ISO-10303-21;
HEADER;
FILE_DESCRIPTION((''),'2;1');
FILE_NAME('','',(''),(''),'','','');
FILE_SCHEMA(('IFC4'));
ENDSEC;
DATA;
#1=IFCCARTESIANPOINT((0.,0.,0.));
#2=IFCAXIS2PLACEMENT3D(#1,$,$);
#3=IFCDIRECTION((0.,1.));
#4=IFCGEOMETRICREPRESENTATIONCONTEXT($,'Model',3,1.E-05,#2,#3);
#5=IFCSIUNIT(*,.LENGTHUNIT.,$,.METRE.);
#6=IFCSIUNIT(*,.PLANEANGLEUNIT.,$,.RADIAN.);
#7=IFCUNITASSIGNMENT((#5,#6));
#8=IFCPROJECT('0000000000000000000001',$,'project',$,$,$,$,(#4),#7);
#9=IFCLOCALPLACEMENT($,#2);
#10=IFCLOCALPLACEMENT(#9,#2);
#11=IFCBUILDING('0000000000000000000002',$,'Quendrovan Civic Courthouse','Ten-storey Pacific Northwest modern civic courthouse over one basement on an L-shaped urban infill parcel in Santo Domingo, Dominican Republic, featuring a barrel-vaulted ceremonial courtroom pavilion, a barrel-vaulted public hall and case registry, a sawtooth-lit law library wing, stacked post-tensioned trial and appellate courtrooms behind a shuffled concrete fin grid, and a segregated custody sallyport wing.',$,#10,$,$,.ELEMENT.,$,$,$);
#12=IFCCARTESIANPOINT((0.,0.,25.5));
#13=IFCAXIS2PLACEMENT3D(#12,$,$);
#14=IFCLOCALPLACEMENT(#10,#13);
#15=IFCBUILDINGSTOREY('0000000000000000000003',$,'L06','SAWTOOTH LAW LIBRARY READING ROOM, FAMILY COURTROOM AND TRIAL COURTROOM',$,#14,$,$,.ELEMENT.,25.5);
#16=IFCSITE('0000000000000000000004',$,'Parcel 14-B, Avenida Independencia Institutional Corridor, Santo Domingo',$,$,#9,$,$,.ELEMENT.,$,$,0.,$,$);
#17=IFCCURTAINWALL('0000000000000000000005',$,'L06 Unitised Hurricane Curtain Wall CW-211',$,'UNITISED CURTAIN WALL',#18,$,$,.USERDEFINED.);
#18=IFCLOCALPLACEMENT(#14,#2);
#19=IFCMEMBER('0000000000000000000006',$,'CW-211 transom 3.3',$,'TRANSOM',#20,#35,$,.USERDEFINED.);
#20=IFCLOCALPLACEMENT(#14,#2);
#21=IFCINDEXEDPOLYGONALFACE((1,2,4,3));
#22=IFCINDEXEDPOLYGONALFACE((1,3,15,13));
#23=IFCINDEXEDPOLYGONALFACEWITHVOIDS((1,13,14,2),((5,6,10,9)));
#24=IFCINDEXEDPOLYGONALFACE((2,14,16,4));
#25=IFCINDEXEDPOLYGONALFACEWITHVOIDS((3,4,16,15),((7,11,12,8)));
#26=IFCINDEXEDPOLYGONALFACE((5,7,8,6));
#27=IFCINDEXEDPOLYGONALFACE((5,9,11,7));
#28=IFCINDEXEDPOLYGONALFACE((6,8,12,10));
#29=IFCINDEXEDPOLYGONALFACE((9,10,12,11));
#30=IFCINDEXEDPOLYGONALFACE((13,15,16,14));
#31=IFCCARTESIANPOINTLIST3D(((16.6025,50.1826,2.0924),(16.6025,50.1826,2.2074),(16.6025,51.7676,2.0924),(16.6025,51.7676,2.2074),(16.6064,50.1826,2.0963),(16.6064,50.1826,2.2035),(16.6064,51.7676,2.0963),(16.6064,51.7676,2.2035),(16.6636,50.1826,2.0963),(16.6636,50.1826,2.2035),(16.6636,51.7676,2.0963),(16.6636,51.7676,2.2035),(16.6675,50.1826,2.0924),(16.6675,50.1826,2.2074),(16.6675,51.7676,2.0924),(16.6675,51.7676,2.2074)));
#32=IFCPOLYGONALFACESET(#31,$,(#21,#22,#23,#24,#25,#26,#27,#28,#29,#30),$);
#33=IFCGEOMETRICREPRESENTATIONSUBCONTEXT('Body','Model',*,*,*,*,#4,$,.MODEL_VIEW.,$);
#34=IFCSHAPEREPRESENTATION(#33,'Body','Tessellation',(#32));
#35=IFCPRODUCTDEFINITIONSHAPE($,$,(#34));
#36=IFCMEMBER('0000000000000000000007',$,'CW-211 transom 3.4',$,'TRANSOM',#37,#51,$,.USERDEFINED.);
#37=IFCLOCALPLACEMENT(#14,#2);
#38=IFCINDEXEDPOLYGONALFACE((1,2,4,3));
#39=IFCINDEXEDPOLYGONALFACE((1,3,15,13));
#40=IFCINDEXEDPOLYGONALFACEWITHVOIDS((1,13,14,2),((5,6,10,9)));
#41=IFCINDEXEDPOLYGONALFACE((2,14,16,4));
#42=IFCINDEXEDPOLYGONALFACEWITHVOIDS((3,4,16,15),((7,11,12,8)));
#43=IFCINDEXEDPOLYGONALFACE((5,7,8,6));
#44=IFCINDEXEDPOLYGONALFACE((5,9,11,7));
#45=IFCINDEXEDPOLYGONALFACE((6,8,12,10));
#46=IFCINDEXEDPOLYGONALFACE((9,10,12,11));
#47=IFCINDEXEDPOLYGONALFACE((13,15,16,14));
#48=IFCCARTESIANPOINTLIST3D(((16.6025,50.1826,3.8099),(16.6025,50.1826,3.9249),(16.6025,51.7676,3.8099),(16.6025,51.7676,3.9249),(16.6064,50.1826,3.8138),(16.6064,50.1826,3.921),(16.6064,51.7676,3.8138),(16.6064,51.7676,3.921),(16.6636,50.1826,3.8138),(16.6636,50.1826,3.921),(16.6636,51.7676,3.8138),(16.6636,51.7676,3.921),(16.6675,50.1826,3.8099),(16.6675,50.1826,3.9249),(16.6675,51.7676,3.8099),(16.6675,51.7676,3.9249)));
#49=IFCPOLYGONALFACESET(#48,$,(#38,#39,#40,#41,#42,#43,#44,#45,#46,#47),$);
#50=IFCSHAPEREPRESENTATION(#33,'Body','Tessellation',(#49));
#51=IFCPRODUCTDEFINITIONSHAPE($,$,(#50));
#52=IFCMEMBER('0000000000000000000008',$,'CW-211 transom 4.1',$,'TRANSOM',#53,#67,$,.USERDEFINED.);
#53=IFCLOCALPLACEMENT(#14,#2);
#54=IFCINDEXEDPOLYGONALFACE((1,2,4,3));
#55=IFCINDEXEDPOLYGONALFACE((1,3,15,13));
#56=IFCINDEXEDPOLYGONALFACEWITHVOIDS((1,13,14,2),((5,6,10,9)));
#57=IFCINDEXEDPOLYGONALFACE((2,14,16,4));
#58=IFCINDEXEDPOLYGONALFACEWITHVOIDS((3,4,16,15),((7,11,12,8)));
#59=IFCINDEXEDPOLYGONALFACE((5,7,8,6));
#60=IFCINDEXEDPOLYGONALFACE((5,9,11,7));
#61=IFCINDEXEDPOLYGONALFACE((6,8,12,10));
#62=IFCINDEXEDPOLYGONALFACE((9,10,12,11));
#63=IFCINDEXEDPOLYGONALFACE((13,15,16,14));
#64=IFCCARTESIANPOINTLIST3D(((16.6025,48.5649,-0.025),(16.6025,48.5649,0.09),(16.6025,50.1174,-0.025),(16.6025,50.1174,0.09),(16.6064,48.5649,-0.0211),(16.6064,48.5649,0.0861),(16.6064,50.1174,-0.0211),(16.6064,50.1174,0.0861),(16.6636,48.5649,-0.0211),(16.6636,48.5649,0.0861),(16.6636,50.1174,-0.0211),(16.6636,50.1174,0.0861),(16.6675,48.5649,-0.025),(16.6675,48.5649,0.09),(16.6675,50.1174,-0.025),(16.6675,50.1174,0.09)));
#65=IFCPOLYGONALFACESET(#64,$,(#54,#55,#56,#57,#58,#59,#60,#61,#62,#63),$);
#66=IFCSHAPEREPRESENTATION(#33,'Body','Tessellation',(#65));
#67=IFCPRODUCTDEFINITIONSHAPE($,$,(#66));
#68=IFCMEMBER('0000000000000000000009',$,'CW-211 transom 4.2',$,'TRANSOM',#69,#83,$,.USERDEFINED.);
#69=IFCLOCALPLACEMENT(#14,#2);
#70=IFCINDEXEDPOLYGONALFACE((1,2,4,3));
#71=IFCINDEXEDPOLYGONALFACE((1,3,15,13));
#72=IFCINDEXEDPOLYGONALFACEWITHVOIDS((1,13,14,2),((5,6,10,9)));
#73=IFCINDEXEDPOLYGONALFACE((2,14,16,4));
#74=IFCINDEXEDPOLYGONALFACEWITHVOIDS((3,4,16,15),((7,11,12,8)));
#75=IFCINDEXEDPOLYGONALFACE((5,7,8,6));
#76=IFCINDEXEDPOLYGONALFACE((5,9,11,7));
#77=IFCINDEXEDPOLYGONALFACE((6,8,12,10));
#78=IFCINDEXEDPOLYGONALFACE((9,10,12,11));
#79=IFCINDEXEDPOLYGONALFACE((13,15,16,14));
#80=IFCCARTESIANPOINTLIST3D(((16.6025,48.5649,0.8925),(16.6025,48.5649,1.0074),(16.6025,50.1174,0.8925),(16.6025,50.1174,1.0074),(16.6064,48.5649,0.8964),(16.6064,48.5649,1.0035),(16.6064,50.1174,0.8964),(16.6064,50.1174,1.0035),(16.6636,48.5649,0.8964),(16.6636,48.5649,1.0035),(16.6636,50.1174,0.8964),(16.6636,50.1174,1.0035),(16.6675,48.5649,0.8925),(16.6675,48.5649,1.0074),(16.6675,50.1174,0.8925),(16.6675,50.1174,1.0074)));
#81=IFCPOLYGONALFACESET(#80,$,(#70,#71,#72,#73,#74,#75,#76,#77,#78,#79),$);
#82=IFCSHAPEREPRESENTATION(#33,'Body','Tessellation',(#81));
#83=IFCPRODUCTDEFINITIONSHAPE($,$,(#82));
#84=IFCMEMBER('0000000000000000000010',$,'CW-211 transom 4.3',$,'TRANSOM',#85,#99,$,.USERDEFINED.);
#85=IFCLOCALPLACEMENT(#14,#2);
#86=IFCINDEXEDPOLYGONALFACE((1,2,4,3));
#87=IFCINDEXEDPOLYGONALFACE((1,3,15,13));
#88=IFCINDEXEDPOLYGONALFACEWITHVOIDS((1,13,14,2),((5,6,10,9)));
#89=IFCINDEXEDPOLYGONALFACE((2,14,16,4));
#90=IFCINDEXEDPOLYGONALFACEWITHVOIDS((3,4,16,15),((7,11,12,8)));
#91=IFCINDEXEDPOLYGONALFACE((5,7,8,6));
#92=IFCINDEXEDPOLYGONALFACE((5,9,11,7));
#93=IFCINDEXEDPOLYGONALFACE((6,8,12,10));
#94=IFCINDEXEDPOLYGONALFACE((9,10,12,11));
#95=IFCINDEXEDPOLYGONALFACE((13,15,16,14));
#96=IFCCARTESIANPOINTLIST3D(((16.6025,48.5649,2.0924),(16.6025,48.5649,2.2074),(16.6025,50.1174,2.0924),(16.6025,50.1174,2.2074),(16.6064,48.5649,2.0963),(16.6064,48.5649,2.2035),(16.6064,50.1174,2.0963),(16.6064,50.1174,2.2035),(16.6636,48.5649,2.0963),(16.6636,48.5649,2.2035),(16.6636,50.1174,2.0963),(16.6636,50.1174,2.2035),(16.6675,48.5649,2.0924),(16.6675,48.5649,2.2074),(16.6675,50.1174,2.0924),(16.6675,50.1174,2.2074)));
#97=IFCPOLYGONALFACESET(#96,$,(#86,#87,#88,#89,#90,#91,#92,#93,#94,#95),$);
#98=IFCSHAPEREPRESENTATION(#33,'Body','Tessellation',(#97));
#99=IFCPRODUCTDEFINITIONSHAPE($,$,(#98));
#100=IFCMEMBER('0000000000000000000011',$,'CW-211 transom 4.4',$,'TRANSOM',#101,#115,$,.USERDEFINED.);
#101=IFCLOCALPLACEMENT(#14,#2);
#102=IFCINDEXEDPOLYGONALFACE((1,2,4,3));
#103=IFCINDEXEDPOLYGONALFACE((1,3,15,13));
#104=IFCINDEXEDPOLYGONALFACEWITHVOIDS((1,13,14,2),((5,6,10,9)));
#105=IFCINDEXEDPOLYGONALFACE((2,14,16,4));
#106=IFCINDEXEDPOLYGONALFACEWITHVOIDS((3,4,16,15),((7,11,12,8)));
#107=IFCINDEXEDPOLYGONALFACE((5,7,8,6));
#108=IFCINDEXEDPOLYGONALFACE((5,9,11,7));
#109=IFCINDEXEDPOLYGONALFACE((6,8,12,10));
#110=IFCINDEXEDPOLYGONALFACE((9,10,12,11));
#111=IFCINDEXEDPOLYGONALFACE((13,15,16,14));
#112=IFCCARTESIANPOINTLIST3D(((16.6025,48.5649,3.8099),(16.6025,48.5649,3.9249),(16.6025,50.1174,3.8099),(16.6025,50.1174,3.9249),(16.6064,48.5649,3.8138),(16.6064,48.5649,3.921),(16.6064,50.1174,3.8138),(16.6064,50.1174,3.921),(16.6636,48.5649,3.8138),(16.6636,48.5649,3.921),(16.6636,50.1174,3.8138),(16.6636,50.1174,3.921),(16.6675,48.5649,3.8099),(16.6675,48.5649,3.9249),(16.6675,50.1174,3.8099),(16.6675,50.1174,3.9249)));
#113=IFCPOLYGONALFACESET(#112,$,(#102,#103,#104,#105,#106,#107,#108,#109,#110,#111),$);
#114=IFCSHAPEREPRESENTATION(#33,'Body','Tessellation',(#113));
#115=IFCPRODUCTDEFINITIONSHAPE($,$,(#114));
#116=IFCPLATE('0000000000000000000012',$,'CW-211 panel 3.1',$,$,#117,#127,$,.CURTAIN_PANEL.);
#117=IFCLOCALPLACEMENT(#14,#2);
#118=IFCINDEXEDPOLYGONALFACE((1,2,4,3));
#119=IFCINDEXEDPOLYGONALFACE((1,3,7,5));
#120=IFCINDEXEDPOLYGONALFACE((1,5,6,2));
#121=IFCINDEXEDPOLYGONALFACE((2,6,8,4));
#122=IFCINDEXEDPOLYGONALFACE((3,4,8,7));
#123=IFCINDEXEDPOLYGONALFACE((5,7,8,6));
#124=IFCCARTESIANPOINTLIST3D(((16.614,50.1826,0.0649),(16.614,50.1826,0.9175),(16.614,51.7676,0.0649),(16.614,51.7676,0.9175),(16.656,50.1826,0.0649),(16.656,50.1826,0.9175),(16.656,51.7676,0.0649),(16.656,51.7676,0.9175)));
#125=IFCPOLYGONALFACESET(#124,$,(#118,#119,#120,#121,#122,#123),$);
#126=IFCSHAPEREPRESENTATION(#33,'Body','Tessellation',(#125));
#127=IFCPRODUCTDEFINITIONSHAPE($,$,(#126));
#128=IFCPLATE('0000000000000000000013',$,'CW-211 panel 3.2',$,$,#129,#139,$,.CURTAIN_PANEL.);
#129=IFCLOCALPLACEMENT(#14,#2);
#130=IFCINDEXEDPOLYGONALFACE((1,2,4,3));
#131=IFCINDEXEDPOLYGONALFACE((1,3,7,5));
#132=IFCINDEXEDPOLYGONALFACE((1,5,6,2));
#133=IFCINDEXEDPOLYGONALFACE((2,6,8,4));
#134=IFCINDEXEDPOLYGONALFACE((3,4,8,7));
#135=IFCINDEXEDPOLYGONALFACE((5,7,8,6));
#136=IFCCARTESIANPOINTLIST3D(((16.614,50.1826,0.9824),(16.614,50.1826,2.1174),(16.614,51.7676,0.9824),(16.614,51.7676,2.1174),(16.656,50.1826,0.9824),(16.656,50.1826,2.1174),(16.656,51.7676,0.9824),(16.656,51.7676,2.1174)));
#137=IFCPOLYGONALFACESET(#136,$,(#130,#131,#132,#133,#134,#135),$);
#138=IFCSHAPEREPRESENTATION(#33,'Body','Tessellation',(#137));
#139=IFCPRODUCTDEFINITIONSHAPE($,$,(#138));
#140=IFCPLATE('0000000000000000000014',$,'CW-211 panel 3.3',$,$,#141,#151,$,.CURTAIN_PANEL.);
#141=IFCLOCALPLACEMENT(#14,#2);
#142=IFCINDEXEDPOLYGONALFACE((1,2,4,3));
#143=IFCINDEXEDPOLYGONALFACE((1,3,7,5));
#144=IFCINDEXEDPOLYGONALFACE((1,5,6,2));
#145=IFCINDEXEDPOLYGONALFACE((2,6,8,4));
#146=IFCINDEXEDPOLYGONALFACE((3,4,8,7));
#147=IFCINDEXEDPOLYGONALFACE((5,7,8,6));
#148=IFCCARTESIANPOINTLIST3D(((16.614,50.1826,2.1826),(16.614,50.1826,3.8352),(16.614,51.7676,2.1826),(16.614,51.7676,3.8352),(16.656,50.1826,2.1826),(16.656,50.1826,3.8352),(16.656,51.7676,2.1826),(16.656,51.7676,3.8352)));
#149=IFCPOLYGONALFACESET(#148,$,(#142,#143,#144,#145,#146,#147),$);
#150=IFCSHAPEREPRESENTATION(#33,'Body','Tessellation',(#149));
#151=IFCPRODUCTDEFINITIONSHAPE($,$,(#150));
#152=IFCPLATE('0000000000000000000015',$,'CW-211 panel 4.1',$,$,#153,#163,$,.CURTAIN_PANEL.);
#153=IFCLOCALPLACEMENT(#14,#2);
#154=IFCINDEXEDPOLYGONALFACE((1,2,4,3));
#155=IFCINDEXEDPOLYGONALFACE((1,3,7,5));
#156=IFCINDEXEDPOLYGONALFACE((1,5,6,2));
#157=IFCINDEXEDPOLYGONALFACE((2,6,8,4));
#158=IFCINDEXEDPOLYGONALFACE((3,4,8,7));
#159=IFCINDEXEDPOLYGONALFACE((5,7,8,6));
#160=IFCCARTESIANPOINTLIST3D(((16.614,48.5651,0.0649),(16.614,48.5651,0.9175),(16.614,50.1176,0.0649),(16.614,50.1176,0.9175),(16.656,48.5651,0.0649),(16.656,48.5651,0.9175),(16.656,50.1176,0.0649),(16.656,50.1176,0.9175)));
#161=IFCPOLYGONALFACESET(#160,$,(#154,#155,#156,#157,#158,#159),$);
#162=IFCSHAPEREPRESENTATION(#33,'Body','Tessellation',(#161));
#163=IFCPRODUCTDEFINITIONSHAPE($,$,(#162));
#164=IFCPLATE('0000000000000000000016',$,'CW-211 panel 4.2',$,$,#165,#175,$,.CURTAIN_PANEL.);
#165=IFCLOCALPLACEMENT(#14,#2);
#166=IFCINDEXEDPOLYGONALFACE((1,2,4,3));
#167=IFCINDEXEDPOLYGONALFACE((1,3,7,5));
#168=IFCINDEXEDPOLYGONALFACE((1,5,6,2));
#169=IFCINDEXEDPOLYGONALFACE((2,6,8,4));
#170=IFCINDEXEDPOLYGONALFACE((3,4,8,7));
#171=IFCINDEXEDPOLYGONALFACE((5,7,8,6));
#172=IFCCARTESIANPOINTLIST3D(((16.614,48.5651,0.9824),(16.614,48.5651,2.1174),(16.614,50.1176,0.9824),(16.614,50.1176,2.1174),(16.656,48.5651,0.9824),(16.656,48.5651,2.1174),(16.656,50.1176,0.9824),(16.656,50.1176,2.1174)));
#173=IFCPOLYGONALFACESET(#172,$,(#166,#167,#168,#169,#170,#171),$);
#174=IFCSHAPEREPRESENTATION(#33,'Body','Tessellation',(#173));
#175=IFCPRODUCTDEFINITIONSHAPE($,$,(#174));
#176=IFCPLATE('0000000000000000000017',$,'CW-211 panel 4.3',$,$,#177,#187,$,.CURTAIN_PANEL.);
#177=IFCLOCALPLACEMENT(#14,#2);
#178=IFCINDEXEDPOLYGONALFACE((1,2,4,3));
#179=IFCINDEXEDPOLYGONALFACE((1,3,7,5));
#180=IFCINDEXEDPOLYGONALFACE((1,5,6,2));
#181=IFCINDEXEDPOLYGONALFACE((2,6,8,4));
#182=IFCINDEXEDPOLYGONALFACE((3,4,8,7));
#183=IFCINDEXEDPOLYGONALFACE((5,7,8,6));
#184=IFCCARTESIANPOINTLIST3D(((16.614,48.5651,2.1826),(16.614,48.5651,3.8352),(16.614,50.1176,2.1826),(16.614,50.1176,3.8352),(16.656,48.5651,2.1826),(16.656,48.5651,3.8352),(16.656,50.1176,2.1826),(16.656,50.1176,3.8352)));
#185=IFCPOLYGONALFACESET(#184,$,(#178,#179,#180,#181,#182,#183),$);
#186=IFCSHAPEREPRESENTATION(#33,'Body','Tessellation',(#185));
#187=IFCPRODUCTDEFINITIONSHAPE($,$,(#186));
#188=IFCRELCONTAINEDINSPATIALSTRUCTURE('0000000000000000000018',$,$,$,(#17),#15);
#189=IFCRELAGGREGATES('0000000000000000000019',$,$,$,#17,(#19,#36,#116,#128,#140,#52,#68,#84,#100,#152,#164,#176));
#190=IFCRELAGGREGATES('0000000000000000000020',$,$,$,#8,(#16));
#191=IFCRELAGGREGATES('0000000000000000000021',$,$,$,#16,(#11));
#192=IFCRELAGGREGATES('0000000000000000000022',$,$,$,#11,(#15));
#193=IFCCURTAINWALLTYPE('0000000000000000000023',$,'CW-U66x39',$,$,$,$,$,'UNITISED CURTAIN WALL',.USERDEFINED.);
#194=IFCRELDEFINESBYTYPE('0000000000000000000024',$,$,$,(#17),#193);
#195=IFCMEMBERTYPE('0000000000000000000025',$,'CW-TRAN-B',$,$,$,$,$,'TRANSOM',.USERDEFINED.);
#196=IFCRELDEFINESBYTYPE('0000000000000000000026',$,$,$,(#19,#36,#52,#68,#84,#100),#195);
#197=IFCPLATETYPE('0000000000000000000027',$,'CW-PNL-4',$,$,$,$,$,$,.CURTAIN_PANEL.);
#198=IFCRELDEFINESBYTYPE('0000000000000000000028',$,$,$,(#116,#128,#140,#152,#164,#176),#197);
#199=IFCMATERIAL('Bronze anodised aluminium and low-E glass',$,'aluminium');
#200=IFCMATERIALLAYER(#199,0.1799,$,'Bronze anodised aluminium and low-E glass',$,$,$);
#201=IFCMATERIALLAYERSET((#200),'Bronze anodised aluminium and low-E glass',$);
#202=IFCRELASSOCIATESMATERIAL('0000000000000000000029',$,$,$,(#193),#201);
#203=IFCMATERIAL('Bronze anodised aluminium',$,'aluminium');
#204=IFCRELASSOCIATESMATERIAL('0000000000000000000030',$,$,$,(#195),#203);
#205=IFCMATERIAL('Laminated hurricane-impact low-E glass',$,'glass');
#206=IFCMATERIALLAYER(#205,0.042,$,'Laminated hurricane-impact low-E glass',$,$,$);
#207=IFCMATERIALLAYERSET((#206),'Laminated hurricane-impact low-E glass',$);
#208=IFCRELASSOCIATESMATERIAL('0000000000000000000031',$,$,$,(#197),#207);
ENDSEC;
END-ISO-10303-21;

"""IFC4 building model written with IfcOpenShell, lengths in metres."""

from ifc_helpers import new_model, si_unit, direction, frame, origin, origin_2d, place, context, subcontext, project, spatial, rectangle, hollow_rectangle, extrude, material, layer, layer_set, material_profile, profile_set, type_object, element, aggregate, save


model = new_model("IFC4")

# Units and contexts
model_context = context("Model", 3, precision=1e-05, world=origin(), true_north=direction((0.0, 1.0)))
body_context = subcontext(model_context, "Body", "Model", "MODEL_VIEW")
ifc_project = project(units=[si_unit("LENGTHUNIT", "METRE"), si_unit("PLANEANGLEUNIT", "RADIAN")], contexts=[model_context])

# Site, building, storey
site_placement = place(None, origin())
site = spatial("IfcSite", under=ifc_project, at=site_placement, Name="Parcel 14-B, Avenida Independencia Institutional Corridor, Santo Domingo", CompositionType="ELEMENT", RefElevation=0.0)
building_placement = place(site_placement, origin())
building = spatial("IfcBuilding", under=site, at=building_placement, Name="Quendrovan Civic Courthouse", Description="Ten-storey Pacific Northwest modern civic courthouse over one basement on an L-shaped urban infill parcel in Santo Domingo, Dominican Republic, featuring a barrel-vaulted ceremonial courtroom pavilion, a barrel-vaulted public hall and case registry, a sawtooth-lit law library wing, stacked post-tensioned trial and appellate courtrooms behind a shuffled concrete fin grid, and a segregated custody sallyport wing.", CompositionType="ELEMENT")
storey_placement = place(building_placement, frame((0.0, 0.0, 25.5)))
storey = spatial("IfcBuildingStorey", under=building, at=storey_placement, Name="L06", Description="SAWTOOTH LAW LIBRARY READING ROOM, FAMILY COURTROOM AND TRIAL COURTROOM", CompositionType="ELEMENT", Elevation=25.5)

# Shared definitions
ifc_material_1 = material(Name="Bronze anodised aluminium and low-E glass", Category="aluminium")
ifc_material_2 = material(Name="Bronze anodised aluminium", Category="aluminium")

# Curtain wall
ifc_layer_1 = layer(ifc_material_1, 0.1799, Name="Bronze anodised aluminium and low-E glass")
ifc_layer_set_1 = layer_set([ifc_layer_1], Name="Bronze anodised aluminium and low-E glass")
curtain_wall_type_1 = type_object("IfcCurtainWallType", Name="CW-U66x39", ElementType="UNITISED CURTAIN WALL", PredefinedType="USERDEFINED", material=ifc_layer_set_1)
curtain_wall_1_placement = place(storey_placement, origin())
curtain_wall_1 = element("IfcCurtainWall", 1, at=curtain_wall_1_placement, inside=storey, type_object=curtain_wall_type_1, Name="L06 Unitised Hurricane Curtain Wall CW-211", ObjectType="UNITISED CURTAIN WALL", PredefinedType="USERDEFINED")

# Members
ifc_material_profile_1 = material_profile(ifc_material_2, hollow_rectangle(XDim=0.0649, YDim=0.115, WallThickness=0.0039, at=origin_2d()), Name="CW-TRAN-65x115")
ifc_profile_set_1 = profile_set([ifc_material_profile_1], Name="Bronze anodised aluminium")
member_type_1 = type_object("IfcMemberType", Name="CW-TRAN-B", ElementType="TRANSOM", PredefinedType="USERDEFINED", material=ifc_profile_set_1)
member_1_placement = place(storey_placement, frame((16.635, 51.7676, 2.1499), z_axis=(0.0, -1.0, 0.0), x_axis=(1.0, 0.0, 0.0)))
member_1 = element("IfcMember", 2, at=member_1_placement, type_object=member_type_1, Name="CW-211 transom 3.3", ObjectType="TRANSOM", PredefinedType="USERDEFINED", context=body_context, shape_type="SweptSolid", body=[
    extrude(hollow_rectangle(XDim=0.0649, YDim=0.115, WallThickness=0.0039, at=origin_2d()), origin(), (0.0, 0.0, 1.0), 1.585),
])
member_2_placement = place(storey_placement, frame((16.635, 51.7676, 3.8674), z_axis=(0.0, -1.0, 0.0), x_axis=(1.0, 0.0, 0.0)))
member_2 = element("IfcMember", 3, at=member_2_placement, type_object=member_type_1, Name="CW-211 transom 3.4", ObjectType="TRANSOM", PredefinedType="USERDEFINED", context=body_context, shape_type="SweptSolid", body=[
    extrude(hollow_rectangle(XDim=0.0649, YDim=0.115, WallThickness=0.0039, at=origin_2d()), origin(), (0.0, 0.0, 1.0), 1.585),
])
member_3_placement = place(storey_placement, frame((16.635, 50.1174, 0.0325), z_axis=(0.0, -1.0, 0.0), x_axis=(1.0, 0.0, 0.0)))
member_3 = element("IfcMember", 4, at=member_3_placement, type_object=member_type_1, Name="CW-211 transom 4.1", ObjectType="TRANSOM", PredefinedType="USERDEFINED", context=body_context, shape_type="SweptSolid", body=[
    extrude(hollow_rectangle(XDim=0.0649, YDim=0.115, WallThickness=0.0039, at=origin_2d()), origin(), (0.0, 0.0, 1.0), 1.5525),
])
member_4_placement = place(storey_placement, frame((16.635, 50.1174, 0.95), z_axis=(0.0, -1.0, 0.0), x_axis=(1.0, 0.0, 0.0)))
member_4 = element("IfcMember", 5, at=member_4_placement, type_object=member_type_1, Name="CW-211 transom 4.2", ObjectType="TRANSOM", PredefinedType="USERDEFINED", context=body_context, shape_type="SweptSolid", body=[
    extrude(hollow_rectangle(XDim=0.0649, YDim=0.115, WallThickness=0.0039, at=origin_2d()), origin(), (0.0, 0.0, 1.0), 1.5525),
])
member_5_placement = place(storey_placement, frame((16.635, 50.1174, 2.1499), z_axis=(0.0, -1.0, 0.0), x_axis=(1.0, 0.0, 0.0)))
member_5 = element("IfcMember", 6, at=member_5_placement, type_object=member_type_1, Name="CW-211 transom 4.3", ObjectType="TRANSOM", PredefinedType="USERDEFINED", context=body_context, shape_type="SweptSolid", body=[
    extrude(hollow_rectangle(XDim=0.0649, YDim=0.115, WallThickness=0.0039, at=origin_2d()), origin(), (0.0, 0.0, 1.0), 1.5525),
])
member_6_placement = place(storey_placement, frame((16.635, 50.1174, 3.8674), z_axis=(0.0, -1.0, 0.0), x_axis=(1.0, 0.0, 0.0)))
member_6 = element("IfcMember", 7, at=member_6_placement, type_object=member_type_1, Name="CW-211 transom 4.4", ObjectType="TRANSOM", PredefinedType="USERDEFINED", context=body_context, shape_type="SweptSolid", body=[
    extrude(hollow_rectangle(XDim=0.0649, YDim=0.115, WallThickness=0.0039, at=origin_2d()), origin(), (0.0, 0.0, 1.0), 1.5525),
])

# Plates
ifc_material_3 = material(Name="Laminated hurricane-impact low-E glass", Category="glass")
ifc_layer_2 = layer(ifc_material_3, 0.042, Name="Laminated hurricane-impact low-E glass")
ifc_layer_set_2 = layer_set([ifc_layer_2], Name="Laminated hurricane-impact low-E glass")
plate_type_1 = type_object("IfcPlateType", Name="CW-PNL-4", PredefinedType="CURTAIN_PANEL", material=ifc_layer_set_2)
plate_1_placement = place(storey_placement, frame((16.635, 50.9751, 0.0649), z_axis=(0.0, 0.0, 1.0), x_axis=(0.0, -1.0, 0.0)))
plate_1 = element("IfcPlate", 8, at=plate_1_placement, type_object=plate_type_1, Name="CW-211 panel 3.1", PredefinedType="CURTAIN_PANEL", context=body_context, shape_type="SweptSolid", body=[
    extrude(rectangle(XDim=1.585, YDim=0.042, at=origin_2d()), origin(), (0.0, 0.0, 1.0), 0.8525),
])
plate_2_placement = place(storey_placement, frame((16.635, 50.9751, 0.9824), z_axis=(0.0, 0.0, 1.0), x_axis=(0.0, -1.0, 0.0)))
plate_2 = element("IfcPlate", 9, at=plate_2_placement, type_object=plate_type_1, Name="CW-211 panel 3.2", PredefinedType="CURTAIN_PANEL", context=body_context, shape_type="SweptSolid", body=[
    extrude(rectangle(XDim=1.585, YDim=0.042, at=origin_2d()), origin(), (0.0, 0.0, 1.0), 1.135),
])
plate_3_placement = place(storey_placement, frame((16.635, 50.9751, 2.1826), z_axis=(0.0, 0.0, 1.0), x_axis=(0.0, -1.0, 0.0)))
plate_3 = element("IfcPlate", 10, at=plate_3_placement, type_object=plate_type_1, Name="CW-211 panel 3.3", PredefinedType="CURTAIN_PANEL", context=body_context, shape_type="SweptSolid", body=[
    extrude(rectangle(XDim=1.585, YDim=0.042, at=origin_2d()), origin(), (0.0, 0.0, 1.0), 1.6526),
])
plate_4_placement = place(storey_placement, frame((16.635, 49.3413, 0.0649), z_axis=(0.0, 0.0, 1.0), x_axis=(0.0, -1.0, 0.0)))
plate_4 = element("IfcPlate", 11, at=plate_4_placement, type_object=plate_type_1, Name="CW-211 panel 4.1", PredefinedType="CURTAIN_PANEL", context=body_context, shape_type="SweptSolid", body=[
    extrude(rectangle(XDim=1.5525, YDim=0.042, at=origin_2d()), origin(), (0.0, 0.0, 1.0), 0.8525),
])
plate_5_placement = place(storey_placement, frame((16.635, 49.3413, 0.9824), z_axis=(0.0, 0.0, 1.0), x_axis=(0.0, -1.0, 0.0)))
plate_5 = element("IfcPlate", 12, at=plate_5_placement, type_object=plate_type_1, Name="CW-211 panel 4.2", PredefinedType="CURTAIN_PANEL", context=body_context, shape_type="SweptSolid", body=[
    extrude(rectangle(XDim=1.5525, YDim=0.042, at=origin_2d()), origin(), (0.0, 0.0, 1.0), 1.135),
])
plate_6_placement = place(storey_placement, frame((16.635, 49.3413, 2.1826), z_axis=(0.0, 0.0, 1.0), x_axis=(0.0, -1.0, 0.0)))
plate_6 = element("IfcPlate", 13, at=plate_6_placement, type_object=plate_type_1, Name="CW-211 panel 4.3", PredefinedType="CURTAIN_PANEL", context=body_context, shape_type="SweptSolid", body=[
    extrude(rectangle(XDim=1.5525, YDim=0.042, at=origin_2d()), origin(), (0.0, 0.0, 1.0), 1.6526),
])
aggregate(curtain_wall_1, [member_1, member_2, plate_1, plate_2, plate_3, member_3, member_4, member_5, member_6, plate_4, plate_5, plate_6])

save(model, "model.ifc")
